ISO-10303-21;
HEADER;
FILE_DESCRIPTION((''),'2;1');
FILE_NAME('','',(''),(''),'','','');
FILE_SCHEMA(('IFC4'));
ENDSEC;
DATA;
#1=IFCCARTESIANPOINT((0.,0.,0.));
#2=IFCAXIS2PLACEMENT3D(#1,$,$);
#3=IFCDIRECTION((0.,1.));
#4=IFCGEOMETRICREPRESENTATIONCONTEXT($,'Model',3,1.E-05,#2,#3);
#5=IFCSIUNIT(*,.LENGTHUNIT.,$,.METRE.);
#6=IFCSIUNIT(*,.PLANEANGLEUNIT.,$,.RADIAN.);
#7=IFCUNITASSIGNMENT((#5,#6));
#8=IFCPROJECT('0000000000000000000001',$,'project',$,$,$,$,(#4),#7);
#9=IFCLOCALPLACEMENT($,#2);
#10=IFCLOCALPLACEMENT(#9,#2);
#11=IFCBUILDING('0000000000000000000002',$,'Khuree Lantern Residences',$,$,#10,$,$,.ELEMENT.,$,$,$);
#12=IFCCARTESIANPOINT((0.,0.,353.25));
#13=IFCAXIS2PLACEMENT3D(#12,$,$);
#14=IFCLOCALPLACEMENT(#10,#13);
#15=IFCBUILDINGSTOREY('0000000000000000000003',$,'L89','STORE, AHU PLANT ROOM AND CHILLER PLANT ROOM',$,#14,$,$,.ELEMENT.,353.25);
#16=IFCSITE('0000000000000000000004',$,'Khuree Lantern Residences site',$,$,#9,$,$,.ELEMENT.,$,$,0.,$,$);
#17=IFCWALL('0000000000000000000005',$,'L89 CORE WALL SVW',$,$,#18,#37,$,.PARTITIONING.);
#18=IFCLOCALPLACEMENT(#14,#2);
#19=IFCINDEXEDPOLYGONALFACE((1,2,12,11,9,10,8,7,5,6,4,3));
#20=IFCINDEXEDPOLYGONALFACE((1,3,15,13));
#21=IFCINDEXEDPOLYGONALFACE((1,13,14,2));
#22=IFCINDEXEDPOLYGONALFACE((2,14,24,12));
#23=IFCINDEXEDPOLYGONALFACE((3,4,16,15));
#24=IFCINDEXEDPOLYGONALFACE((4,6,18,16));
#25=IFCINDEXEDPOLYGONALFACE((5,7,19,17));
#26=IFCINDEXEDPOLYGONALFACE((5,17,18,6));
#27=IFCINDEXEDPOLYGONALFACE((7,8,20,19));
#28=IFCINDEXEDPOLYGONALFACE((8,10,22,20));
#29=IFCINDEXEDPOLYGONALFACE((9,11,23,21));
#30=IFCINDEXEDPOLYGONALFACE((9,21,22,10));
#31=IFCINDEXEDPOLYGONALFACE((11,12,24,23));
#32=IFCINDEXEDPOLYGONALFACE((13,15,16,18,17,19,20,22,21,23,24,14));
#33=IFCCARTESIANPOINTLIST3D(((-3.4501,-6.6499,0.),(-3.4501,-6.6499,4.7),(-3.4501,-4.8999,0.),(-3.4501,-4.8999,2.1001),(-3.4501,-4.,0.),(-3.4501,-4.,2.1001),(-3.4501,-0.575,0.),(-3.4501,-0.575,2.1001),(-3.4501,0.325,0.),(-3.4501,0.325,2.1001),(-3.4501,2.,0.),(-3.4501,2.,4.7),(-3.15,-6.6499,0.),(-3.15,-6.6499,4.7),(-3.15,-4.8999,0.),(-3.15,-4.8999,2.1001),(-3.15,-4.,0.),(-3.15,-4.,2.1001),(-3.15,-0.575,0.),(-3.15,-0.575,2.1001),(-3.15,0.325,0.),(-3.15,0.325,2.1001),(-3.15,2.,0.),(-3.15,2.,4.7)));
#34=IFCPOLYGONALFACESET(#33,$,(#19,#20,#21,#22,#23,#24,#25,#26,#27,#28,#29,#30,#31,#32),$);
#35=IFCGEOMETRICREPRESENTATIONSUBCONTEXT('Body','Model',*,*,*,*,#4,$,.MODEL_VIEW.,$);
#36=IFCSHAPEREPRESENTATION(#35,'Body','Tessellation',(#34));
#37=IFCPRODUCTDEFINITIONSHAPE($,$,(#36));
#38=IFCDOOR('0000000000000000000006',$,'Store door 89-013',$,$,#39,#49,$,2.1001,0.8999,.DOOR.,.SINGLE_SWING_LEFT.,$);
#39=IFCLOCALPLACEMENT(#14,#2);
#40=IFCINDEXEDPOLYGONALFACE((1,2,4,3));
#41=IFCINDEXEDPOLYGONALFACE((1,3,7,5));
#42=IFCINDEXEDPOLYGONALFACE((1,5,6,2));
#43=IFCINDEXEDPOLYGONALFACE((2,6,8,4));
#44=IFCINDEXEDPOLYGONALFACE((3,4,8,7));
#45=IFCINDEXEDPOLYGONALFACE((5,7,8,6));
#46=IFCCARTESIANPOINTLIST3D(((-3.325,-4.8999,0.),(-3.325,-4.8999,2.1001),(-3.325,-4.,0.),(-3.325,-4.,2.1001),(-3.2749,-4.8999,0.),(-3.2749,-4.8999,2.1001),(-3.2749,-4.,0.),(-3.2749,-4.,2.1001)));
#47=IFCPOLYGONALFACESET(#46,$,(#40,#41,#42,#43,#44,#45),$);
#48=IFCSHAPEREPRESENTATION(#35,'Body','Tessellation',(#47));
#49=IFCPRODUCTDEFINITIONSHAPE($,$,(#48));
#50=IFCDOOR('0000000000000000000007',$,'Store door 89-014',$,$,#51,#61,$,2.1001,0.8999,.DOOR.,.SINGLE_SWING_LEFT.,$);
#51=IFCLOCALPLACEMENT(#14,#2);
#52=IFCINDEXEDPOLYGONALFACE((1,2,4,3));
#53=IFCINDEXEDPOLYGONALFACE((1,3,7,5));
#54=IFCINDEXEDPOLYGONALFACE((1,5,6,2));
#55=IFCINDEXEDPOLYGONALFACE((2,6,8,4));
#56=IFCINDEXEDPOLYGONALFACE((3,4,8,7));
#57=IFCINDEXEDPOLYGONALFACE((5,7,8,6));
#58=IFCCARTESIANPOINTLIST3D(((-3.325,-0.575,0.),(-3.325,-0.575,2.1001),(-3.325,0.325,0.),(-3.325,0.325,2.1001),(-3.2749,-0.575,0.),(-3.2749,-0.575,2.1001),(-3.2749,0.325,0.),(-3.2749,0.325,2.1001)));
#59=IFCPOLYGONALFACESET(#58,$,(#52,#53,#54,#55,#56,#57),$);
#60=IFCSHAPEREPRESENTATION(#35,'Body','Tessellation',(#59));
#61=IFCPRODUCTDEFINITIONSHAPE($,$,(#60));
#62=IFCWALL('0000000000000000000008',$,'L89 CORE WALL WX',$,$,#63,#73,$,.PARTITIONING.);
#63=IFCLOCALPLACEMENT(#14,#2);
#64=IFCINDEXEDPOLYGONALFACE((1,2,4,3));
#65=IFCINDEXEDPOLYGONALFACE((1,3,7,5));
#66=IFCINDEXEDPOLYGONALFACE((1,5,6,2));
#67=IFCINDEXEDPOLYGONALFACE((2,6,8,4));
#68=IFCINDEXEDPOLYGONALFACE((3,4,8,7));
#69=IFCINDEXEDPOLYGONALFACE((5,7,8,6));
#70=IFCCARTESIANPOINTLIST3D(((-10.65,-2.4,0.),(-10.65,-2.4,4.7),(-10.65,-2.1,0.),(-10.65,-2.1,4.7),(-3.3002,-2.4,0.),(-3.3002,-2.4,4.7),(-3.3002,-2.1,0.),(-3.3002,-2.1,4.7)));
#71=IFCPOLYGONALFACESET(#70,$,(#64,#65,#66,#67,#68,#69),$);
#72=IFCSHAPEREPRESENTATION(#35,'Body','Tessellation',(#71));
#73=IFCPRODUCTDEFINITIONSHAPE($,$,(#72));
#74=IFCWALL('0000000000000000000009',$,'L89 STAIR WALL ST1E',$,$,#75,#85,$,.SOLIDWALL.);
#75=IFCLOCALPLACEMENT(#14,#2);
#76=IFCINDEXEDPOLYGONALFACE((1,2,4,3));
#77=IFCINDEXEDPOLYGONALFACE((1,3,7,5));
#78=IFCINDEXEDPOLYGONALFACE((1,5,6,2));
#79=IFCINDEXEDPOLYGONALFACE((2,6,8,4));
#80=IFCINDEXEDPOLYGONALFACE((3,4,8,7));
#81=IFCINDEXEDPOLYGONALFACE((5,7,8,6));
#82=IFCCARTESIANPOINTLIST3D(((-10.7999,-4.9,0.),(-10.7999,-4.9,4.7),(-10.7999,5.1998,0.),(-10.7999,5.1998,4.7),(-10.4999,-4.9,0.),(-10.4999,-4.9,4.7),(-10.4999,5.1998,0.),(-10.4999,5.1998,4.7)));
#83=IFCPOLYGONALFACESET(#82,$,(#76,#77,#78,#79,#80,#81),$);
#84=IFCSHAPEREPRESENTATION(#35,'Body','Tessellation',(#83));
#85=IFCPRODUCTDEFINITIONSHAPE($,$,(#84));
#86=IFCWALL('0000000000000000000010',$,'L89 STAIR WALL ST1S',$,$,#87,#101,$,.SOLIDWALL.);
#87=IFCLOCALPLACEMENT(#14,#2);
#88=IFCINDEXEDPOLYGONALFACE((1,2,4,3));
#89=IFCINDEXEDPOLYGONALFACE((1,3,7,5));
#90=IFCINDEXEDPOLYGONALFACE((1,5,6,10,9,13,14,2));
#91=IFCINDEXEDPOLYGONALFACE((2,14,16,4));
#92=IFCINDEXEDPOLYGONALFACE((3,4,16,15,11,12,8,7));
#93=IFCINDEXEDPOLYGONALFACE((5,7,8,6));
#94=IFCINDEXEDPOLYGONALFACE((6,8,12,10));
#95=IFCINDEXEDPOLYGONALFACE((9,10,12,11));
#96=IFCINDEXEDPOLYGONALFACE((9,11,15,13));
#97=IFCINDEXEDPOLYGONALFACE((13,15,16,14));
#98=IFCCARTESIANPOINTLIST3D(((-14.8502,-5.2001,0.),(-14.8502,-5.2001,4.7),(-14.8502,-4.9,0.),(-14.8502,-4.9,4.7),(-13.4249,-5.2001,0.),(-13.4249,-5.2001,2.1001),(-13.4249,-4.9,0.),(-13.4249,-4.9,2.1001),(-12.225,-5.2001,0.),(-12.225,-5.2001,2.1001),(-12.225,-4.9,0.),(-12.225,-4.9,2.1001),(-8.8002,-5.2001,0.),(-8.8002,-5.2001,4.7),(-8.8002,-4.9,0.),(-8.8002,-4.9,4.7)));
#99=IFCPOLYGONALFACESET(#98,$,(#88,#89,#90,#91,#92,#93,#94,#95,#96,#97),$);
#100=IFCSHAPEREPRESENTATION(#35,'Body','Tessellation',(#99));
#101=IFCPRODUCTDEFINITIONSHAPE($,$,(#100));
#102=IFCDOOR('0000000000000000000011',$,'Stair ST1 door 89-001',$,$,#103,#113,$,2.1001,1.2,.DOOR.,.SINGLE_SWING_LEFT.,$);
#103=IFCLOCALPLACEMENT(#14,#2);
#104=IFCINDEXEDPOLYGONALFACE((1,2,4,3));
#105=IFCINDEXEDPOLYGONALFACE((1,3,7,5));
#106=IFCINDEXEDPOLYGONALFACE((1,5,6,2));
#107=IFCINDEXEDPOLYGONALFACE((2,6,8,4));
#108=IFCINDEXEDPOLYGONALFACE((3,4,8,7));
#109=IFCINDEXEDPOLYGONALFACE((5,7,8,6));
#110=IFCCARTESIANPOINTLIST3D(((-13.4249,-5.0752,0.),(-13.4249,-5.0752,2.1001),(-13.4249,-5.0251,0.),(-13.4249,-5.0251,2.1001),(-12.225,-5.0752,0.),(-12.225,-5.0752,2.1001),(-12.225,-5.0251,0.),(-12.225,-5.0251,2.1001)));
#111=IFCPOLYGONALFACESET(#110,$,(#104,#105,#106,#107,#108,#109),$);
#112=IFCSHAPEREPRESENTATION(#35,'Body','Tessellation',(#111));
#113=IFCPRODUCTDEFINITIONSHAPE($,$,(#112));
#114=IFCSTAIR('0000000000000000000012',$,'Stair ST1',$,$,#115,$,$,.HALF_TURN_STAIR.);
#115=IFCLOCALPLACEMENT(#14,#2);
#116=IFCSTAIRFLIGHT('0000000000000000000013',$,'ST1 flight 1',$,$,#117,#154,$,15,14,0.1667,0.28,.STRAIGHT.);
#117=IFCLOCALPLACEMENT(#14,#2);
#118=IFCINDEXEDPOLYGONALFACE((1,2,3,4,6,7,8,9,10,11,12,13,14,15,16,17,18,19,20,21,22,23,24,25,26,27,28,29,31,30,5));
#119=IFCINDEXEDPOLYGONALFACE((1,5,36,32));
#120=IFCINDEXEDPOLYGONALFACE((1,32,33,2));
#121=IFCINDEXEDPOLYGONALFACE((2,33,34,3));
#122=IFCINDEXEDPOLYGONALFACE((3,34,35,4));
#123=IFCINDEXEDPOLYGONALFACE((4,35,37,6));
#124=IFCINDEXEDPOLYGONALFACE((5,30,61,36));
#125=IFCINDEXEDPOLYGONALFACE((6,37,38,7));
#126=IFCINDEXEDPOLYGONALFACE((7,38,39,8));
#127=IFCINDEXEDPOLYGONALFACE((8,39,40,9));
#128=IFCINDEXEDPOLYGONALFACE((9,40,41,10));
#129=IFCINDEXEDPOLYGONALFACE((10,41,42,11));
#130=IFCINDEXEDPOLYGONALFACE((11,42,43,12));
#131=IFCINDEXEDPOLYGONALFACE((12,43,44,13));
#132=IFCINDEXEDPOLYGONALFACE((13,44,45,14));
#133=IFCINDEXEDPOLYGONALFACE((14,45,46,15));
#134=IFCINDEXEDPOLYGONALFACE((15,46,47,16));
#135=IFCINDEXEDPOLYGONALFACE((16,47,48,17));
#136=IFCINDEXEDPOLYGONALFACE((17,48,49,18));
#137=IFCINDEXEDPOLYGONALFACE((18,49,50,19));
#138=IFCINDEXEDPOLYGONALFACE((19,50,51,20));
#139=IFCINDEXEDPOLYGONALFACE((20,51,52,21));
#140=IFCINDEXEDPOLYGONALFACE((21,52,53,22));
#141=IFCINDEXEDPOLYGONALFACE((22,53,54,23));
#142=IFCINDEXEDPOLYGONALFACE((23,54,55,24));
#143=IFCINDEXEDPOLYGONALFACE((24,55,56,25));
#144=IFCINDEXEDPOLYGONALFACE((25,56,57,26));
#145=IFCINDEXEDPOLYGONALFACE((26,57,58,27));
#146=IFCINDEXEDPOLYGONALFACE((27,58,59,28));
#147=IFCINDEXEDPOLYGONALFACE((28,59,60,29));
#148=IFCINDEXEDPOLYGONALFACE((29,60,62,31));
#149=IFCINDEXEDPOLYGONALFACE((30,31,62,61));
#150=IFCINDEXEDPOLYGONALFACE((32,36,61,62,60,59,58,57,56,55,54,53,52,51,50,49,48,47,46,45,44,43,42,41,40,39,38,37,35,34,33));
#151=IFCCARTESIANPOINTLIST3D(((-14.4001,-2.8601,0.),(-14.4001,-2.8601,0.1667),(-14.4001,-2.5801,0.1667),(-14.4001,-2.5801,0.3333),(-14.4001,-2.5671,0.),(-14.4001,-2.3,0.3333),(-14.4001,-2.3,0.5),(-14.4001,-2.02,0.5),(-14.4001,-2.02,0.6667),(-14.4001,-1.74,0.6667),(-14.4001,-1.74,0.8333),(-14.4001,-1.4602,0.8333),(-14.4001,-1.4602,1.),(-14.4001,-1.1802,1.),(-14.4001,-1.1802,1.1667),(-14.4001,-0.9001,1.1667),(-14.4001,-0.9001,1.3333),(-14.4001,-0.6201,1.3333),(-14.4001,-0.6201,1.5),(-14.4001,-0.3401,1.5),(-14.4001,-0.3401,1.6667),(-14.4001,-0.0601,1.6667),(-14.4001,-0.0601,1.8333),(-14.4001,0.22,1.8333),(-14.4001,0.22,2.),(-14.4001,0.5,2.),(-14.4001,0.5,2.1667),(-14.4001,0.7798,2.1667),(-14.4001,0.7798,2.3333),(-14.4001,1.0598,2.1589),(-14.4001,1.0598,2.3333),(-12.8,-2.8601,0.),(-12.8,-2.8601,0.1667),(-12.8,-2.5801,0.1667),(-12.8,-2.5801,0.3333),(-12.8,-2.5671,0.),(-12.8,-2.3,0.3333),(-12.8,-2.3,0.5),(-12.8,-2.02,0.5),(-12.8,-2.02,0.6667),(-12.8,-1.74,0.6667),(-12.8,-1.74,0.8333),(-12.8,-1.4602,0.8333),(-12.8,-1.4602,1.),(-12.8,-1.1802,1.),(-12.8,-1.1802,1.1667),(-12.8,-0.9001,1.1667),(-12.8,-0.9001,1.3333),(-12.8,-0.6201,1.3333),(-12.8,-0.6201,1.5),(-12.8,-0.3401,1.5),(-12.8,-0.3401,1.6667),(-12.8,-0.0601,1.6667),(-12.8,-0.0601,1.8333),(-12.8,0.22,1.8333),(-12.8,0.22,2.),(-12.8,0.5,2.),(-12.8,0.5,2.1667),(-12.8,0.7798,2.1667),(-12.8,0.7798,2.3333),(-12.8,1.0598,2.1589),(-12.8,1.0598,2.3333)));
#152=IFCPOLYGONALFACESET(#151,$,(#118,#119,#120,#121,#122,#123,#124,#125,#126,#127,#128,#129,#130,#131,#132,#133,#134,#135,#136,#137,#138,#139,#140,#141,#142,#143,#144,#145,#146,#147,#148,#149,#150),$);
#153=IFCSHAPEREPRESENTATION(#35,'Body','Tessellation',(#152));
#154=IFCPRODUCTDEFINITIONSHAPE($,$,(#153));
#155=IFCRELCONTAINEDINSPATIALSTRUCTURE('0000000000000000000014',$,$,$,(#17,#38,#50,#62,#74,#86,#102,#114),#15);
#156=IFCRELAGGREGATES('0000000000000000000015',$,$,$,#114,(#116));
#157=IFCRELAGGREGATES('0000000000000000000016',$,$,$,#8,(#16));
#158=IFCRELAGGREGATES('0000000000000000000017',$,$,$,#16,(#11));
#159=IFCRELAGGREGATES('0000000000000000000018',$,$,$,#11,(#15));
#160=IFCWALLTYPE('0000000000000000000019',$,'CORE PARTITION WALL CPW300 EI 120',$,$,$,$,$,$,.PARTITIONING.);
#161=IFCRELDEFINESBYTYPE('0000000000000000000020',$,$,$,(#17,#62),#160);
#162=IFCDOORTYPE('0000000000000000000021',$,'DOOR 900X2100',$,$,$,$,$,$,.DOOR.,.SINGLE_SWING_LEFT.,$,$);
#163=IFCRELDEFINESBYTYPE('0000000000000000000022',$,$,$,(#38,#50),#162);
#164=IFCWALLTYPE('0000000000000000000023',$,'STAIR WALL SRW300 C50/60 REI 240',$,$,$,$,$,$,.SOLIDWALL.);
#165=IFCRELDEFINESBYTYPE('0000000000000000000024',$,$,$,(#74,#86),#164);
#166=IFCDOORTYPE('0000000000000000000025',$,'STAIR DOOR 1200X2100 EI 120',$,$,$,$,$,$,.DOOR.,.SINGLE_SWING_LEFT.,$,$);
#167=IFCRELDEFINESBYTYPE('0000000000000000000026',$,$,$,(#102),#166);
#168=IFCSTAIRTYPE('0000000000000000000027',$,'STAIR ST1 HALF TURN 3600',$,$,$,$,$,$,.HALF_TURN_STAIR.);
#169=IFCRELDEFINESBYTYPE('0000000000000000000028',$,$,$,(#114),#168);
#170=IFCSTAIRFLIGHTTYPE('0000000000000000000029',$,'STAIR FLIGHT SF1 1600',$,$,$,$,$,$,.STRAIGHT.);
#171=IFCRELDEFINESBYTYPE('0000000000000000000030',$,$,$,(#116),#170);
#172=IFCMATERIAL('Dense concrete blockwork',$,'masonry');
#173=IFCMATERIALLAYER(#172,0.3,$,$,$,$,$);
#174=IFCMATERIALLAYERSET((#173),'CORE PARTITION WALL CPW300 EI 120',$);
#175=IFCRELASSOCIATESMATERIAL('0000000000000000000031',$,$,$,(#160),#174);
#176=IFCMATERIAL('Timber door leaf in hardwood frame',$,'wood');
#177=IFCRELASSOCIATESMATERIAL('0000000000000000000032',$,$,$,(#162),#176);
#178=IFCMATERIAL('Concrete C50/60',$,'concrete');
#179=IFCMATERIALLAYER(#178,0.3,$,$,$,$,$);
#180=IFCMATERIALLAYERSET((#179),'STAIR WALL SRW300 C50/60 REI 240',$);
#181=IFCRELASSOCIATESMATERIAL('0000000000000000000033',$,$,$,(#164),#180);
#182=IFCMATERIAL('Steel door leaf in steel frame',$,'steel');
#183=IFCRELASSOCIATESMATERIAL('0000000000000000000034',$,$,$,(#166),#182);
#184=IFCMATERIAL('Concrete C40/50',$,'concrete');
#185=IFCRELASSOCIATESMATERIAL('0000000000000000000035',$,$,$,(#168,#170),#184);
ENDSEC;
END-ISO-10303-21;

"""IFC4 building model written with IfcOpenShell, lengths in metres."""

from ifc_helpers import new_model, si_unit, direction, frame, frame_2d, origin, place, context, subcontext, project, spatial, polyline, rectangle, outline, extrude, material, layer, layer_set, type_object, element, fill, aggregate, save


model = new_model("IFC4")

# Units and contexts
model_context = context("Model", 3, precision=1e-05, world=origin(), true_north=direction((0.0, 1.0)))
body_context = subcontext(model_context, "Body", "Model", "MODEL_VIEW")
ifc_project = project(units=[si_unit("LENGTHUNIT", "METRE"), si_unit("PLANEANGLEUNIT", "RADIAN")], contexts=[model_context])

# Site, building, storey
site_placement = place(None, origin())
site = spatial("IfcSite", under=ifc_project, at=site_placement, Name="Khuree Lantern Residences site", CompositionType="ELEMENT", RefElevation=0.0)
building_placement = place(site_placement, origin())
building = spatial("IfcBuilding", under=site, at=building_placement, Name="Khuree Lantern Residences", CompositionType="ELEMENT")
storey_placement = place(building_placement, frame((0.0, 0.0, 353.25)))
storey = spatial("IfcBuildingStorey", under=building, at=storey_placement, Name="L89", Description="STORE, AHU PLANT ROOM AND CHILLER PLANT ROOM", CompositionType="ELEMENT", Elevation=353.25)

# Shared definitions
ifc_material_1 = material(Name="Dense concrete blockwork", Category="masonry")
ifc_layer_1 = layer(ifc_material_1, 0.3)
ifc_layer_set_1 = layer_set([ifc_layer_1], Name="CORE PARTITION WALL CPW300 EI 120")
wall_type_1 = type_object("IfcWallType", Name="CORE PARTITION WALL CPW300 EI 120", PredefinedType="PARTITIONING", material=ifc_layer_set_1)

# Shared definitions
ifc_material_2 = material(Name="Steel door leaf in steel frame", Category="steel")

# Wall, openings, doors
wall_1_placement = place(storey_placement, frame((-3.3, -6.6499, 0.0), z_axis=(0.0, 0.0, 1.0), x_axis=(0.0, 1.0, 0.0)))
wall_1 = element("IfcWall", 1, at=wall_1_placement, inside=storey, type_object=wall_type_1, Name="L89 CORE WALL SVW", PredefinedType="PARTITIONING", context=body_context, shape_type="SweptSolid", body=[
    extrude(rectangle(XDim=8.6499, YDim=0.3, at=frame_2d((4.325, 0.0))), origin(), (0.0, 0.0, 1.0), 4.7),
])
opening_1_placement = place(wall_1_placement, frame((1.75, 0.0, 0.0)))
opening_1 = element("IfcOpeningElement", 2, at=opening_1_placement, cuts=wall_1, PredefinedType="OPENING", context=body_context, shape_type="SweptSolid", body=[
    extrude(rectangle(XDim=0.8999, YDim=2.1001, at=frame_2d((0.45, 1.05))), frame((0.0, 0.1602, 0.0), z_axis=(0.0, -1.0, 0.0), x_axis=(1.0, 0.0, 0.0)), (0.0, 0.0, 1.0), 0.3201),
])
opening_2_placement = place(wall_1_placement, frame((6.075, 0.0, 0.0)))
opening_2 = element("IfcOpeningElement", 3, at=opening_2_placement, cuts=wall_1, PredefinedType="OPENING", context=body_context, shape_type="SweptSolid", body=[
    extrude(rectangle(XDim=0.8999, YDim=2.1001, at=frame_2d((0.45, 1.05))), frame((0.0, 0.1602, 0.0), z_axis=(0.0, -1.0, 0.0), x_axis=(1.0, 0.0, 0.0)), (0.0, 0.0, 1.0), 0.3201),
])
ifc_material_3 = material(Name="Timber door leaf in hardwood frame", Category="wood")
door_type_1 = type_object("IfcDoorType", Name="DOOR 900X2100", OperationType="SINGLE_SWING_LEFT", PredefinedType="DOOR", material=ifc_material_3)
door_1_placement = place(opening_1_placement, origin())
door_1 = element("IfcDoor", 4, at=door_1_placement, inside=storey, type_object=door_type_1, Name="Store door 89-013", OperationType="SINGLE_SWING_LEFT", OverallHeight=2.1001, OverallWidth=0.8999, PredefinedType="DOOR", context=body_context, shape_type="SweptSolid", body=[
    extrude(rectangle(XDim=0.8999, YDim=2.1001, at=frame_2d((0.45, 1.05))), frame((0.0, 0.0249, 0.0), z_axis=(0.0, -1.0, 0.0), x_axis=(1.0, 0.0, 0.0)), (0.0, 0.0, 1.0), 0.05),
])
fill(opening_1, door_1)
door_2_placement = place(opening_2_placement, origin())
door_2 = element("IfcDoor", 5, at=door_2_placement, inside=storey, type_object=door_type_1, Name="Store door 89-014", OperationType="SINGLE_SWING_LEFT", OverallHeight=2.1001, OverallWidth=0.8999, PredefinedType="DOOR", context=body_context, shape_type="SweptSolid", body=[
    extrude(rectangle(XDim=0.8999, YDim=2.1001, at=frame_2d((0.45, 1.05))), frame((0.0, 0.0249, 0.0), z_axis=(0.0, -1.0, 0.0), x_axis=(1.0, 0.0, 0.0)), (0.0, 0.0, 1.0), 0.05),
])
fill(opening_2, door_2)

# Walls
wall_2_placement = place(storey_placement, frame((-10.6499, -2.25, 0.0), z_axis=(0.0, 0.0, 1.0), x_axis=(1.0, 0.0, 0.0)))
element("IfcWall", 6, at=wall_2_placement, inside=storey, type_object=wall_type_1, Name="L89 CORE WALL WX", PredefinedType="PARTITIONING", context=body_context, shape_type="SweptSolid", body=[
    extrude(rectangle(XDim=7.3499, YDim=0.3, at=frame_2d((3.6748, 0.0))), origin(), (0.0, 0.0, 1.0), 4.7),
])
ifc_material_4 = material(Name="Concrete C50/60", Category="concrete")
ifc_layer_2 = layer(ifc_material_4, 0.3)
ifc_layer_set_2 = layer_set([ifc_layer_2], Name="STAIR WALL SRW300 C50/60 REI 240")
wall_type_2 = type_object("IfcWallType", Name="STAIR WALL SRW300 C50/60 REI 240", PredefinedType="SOLIDWALL", material=ifc_layer_set_2)
wall_3_placement = place(storey_placement, frame((-10.6499, -4.8999, 0.0), z_axis=(0.0, 0.0, 1.0), x_axis=(0.0, 1.0, 0.0)))
element("IfcWall", 7, at=wall_3_placement, inside=storey, type_object=wall_type_2, Name="L89 STAIR WALL ST1E", PredefinedType="SOLIDWALL", context=body_context, shape_type="SweptSolid", body=[
    extrude(rectangle(XDim=10.0999, YDim=0.3, at=frame_2d((5.0498, 0.0))), origin(), (0.0, 0.0, 1.0), 4.7),
])

# Wall, opening, door
wall_4_placement = place(storey_placement, frame((-14.8501, -5.05, 0.0), z_axis=(0.0, 0.0, 1.0), x_axis=(1.0, 0.0, 0.0)))
wall_4 = element("IfcWall", 8, at=wall_4_placement, inside=storey, type_object=wall_type_2, Name="L89 STAIR WALL ST1S", PredefinedType="SOLIDWALL", context=body_context, shape_type="SweptSolid", body=[
    extrude(rectangle(XDim=6.05, YDim=0.3, at=frame_2d((3.0249, 0.0))), origin(), (0.0, 0.0, 1.0), 4.7),
])
opening_3_placement = place(wall_4_placement, frame((1.425, 0.0, 0.0)))
opening_3 = element("IfcOpeningElement", 9, at=opening_3_placement, cuts=wall_4, PredefinedType="OPENING", context=body_context, shape_type="SweptSolid", body=[
    extrude(rectangle(XDim=1.2, YDim=2.1001, at=frame_2d((0.6001, 1.05))), frame((0.0, 0.1602, 0.0), z_axis=(0.0, -1.0, 0.0), x_axis=(1.0, 0.0, 0.0)), (0.0, 0.0, 1.0), 0.3201),
])
door_type_2 = type_object("IfcDoorType", Name="STAIR DOOR 1200X2100 EI 120", OperationType="SINGLE_SWING_LEFT", PredefinedType="DOOR", material=ifc_material_2)
door_3_placement = place(opening_3_placement, origin())
door_3 = element("IfcDoor", 10, at=door_3_placement, inside=storey, type_object=door_type_2, Name="Stair ST1 door 89-001", OperationType="SINGLE_SWING_LEFT", OverallHeight=2.1001, OverallWidth=1.2, PredefinedType="DOOR", context=body_context, shape_type="SweptSolid", body=[
    extrude(rectangle(XDim=1.2, YDim=2.1001, at=frame_2d((0.6001, 1.05))), frame((0.0, 0.0249, 0.0), z_axis=(0.0, -1.0, 0.0), x_axis=(1.0, 0.0, 0.0)), (0.0, 0.0, 1.0), 0.05),
])
fill(opening_3, door_3)

# Stair, stair flight
ifc_material_5 = material(Name="Concrete C40/50", Category="concrete")
stair_type = type_object("IfcStairType", Name="STAIR ST1 HALF TURN 3600", PredefinedType="HALF_TURN_STAIR", material=ifc_material_5)
stair_placement = place(storey_placement, origin())
stair = element("IfcStair", 11, at=stair_placement, inside=storey, type_object=stair_type, Name="Stair ST1", PredefinedType="HALF_TURN_STAIR")
stair_flight_type = type_object("IfcStairFlightType", Name="STAIR FLIGHT SF1 1600", PredefinedType="STRAIGHT", material=ifc_material_5)
stair_flight_placement = place(storey_placement, frame((-13.6001, -2.8601, 0.0), z_axis=(0.0, 0.0, 1.0), x_axis=(0.0, 1.0, 0.0)))
stair_flight = element("IfcStairFlight", 12, at=stair_flight_placement, type_object=stair_flight_type, Name="ST1 flight 1", NumberOfRisers=15, NumberOfTreads=14, PredefinedType="STRAIGHT", RiserHeight=0.1667, TreadLength=0.28, context=body_context, shape_type="SweptSolid", body=[
    extrude(outline(polyline([(0.0, 0.0), (0.0, 0.1667), (0.28, 0.1667), (0.28, 0.3333), (0.5601, 0.3333), (0.5601, 0.5), (0.8401, 0.5), (0.8401, 0.6667), (1.1201, 0.6667), (1.1201, 0.8333), (1.3999, 0.8333), (1.3999, 1.0), (1.6799, 1.0), (1.6799, 1.1667), (1.96, 1.1667), (1.96, 1.3333), (2.24, 1.3333), (2.24, 1.5), (2.52, 1.5), (2.52, 1.6667), (2.8, 1.6667), (2.8, 1.8333), (3.0801, 1.8333), (3.0801, 2.0), (3.3601, 2.0), (3.3601, 2.1667), (3.6399, 2.1667), (3.6399, 2.3333), (3.9199, 2.3333), (3.9199, 2.5), (3.9199, 2.1589), (0.293, 0.0), (0.0, 0.0)])), frame((0.0, 0.8, 0.0), z_axis=(0.0, -1.0, 0.0), x_axis=(1.0, 0.0, 0.0)), (0.0, 0.0, 1.0), 1.6001),
])
aggregate(stair, [stair_flight])

save(model, "model.ifc")
